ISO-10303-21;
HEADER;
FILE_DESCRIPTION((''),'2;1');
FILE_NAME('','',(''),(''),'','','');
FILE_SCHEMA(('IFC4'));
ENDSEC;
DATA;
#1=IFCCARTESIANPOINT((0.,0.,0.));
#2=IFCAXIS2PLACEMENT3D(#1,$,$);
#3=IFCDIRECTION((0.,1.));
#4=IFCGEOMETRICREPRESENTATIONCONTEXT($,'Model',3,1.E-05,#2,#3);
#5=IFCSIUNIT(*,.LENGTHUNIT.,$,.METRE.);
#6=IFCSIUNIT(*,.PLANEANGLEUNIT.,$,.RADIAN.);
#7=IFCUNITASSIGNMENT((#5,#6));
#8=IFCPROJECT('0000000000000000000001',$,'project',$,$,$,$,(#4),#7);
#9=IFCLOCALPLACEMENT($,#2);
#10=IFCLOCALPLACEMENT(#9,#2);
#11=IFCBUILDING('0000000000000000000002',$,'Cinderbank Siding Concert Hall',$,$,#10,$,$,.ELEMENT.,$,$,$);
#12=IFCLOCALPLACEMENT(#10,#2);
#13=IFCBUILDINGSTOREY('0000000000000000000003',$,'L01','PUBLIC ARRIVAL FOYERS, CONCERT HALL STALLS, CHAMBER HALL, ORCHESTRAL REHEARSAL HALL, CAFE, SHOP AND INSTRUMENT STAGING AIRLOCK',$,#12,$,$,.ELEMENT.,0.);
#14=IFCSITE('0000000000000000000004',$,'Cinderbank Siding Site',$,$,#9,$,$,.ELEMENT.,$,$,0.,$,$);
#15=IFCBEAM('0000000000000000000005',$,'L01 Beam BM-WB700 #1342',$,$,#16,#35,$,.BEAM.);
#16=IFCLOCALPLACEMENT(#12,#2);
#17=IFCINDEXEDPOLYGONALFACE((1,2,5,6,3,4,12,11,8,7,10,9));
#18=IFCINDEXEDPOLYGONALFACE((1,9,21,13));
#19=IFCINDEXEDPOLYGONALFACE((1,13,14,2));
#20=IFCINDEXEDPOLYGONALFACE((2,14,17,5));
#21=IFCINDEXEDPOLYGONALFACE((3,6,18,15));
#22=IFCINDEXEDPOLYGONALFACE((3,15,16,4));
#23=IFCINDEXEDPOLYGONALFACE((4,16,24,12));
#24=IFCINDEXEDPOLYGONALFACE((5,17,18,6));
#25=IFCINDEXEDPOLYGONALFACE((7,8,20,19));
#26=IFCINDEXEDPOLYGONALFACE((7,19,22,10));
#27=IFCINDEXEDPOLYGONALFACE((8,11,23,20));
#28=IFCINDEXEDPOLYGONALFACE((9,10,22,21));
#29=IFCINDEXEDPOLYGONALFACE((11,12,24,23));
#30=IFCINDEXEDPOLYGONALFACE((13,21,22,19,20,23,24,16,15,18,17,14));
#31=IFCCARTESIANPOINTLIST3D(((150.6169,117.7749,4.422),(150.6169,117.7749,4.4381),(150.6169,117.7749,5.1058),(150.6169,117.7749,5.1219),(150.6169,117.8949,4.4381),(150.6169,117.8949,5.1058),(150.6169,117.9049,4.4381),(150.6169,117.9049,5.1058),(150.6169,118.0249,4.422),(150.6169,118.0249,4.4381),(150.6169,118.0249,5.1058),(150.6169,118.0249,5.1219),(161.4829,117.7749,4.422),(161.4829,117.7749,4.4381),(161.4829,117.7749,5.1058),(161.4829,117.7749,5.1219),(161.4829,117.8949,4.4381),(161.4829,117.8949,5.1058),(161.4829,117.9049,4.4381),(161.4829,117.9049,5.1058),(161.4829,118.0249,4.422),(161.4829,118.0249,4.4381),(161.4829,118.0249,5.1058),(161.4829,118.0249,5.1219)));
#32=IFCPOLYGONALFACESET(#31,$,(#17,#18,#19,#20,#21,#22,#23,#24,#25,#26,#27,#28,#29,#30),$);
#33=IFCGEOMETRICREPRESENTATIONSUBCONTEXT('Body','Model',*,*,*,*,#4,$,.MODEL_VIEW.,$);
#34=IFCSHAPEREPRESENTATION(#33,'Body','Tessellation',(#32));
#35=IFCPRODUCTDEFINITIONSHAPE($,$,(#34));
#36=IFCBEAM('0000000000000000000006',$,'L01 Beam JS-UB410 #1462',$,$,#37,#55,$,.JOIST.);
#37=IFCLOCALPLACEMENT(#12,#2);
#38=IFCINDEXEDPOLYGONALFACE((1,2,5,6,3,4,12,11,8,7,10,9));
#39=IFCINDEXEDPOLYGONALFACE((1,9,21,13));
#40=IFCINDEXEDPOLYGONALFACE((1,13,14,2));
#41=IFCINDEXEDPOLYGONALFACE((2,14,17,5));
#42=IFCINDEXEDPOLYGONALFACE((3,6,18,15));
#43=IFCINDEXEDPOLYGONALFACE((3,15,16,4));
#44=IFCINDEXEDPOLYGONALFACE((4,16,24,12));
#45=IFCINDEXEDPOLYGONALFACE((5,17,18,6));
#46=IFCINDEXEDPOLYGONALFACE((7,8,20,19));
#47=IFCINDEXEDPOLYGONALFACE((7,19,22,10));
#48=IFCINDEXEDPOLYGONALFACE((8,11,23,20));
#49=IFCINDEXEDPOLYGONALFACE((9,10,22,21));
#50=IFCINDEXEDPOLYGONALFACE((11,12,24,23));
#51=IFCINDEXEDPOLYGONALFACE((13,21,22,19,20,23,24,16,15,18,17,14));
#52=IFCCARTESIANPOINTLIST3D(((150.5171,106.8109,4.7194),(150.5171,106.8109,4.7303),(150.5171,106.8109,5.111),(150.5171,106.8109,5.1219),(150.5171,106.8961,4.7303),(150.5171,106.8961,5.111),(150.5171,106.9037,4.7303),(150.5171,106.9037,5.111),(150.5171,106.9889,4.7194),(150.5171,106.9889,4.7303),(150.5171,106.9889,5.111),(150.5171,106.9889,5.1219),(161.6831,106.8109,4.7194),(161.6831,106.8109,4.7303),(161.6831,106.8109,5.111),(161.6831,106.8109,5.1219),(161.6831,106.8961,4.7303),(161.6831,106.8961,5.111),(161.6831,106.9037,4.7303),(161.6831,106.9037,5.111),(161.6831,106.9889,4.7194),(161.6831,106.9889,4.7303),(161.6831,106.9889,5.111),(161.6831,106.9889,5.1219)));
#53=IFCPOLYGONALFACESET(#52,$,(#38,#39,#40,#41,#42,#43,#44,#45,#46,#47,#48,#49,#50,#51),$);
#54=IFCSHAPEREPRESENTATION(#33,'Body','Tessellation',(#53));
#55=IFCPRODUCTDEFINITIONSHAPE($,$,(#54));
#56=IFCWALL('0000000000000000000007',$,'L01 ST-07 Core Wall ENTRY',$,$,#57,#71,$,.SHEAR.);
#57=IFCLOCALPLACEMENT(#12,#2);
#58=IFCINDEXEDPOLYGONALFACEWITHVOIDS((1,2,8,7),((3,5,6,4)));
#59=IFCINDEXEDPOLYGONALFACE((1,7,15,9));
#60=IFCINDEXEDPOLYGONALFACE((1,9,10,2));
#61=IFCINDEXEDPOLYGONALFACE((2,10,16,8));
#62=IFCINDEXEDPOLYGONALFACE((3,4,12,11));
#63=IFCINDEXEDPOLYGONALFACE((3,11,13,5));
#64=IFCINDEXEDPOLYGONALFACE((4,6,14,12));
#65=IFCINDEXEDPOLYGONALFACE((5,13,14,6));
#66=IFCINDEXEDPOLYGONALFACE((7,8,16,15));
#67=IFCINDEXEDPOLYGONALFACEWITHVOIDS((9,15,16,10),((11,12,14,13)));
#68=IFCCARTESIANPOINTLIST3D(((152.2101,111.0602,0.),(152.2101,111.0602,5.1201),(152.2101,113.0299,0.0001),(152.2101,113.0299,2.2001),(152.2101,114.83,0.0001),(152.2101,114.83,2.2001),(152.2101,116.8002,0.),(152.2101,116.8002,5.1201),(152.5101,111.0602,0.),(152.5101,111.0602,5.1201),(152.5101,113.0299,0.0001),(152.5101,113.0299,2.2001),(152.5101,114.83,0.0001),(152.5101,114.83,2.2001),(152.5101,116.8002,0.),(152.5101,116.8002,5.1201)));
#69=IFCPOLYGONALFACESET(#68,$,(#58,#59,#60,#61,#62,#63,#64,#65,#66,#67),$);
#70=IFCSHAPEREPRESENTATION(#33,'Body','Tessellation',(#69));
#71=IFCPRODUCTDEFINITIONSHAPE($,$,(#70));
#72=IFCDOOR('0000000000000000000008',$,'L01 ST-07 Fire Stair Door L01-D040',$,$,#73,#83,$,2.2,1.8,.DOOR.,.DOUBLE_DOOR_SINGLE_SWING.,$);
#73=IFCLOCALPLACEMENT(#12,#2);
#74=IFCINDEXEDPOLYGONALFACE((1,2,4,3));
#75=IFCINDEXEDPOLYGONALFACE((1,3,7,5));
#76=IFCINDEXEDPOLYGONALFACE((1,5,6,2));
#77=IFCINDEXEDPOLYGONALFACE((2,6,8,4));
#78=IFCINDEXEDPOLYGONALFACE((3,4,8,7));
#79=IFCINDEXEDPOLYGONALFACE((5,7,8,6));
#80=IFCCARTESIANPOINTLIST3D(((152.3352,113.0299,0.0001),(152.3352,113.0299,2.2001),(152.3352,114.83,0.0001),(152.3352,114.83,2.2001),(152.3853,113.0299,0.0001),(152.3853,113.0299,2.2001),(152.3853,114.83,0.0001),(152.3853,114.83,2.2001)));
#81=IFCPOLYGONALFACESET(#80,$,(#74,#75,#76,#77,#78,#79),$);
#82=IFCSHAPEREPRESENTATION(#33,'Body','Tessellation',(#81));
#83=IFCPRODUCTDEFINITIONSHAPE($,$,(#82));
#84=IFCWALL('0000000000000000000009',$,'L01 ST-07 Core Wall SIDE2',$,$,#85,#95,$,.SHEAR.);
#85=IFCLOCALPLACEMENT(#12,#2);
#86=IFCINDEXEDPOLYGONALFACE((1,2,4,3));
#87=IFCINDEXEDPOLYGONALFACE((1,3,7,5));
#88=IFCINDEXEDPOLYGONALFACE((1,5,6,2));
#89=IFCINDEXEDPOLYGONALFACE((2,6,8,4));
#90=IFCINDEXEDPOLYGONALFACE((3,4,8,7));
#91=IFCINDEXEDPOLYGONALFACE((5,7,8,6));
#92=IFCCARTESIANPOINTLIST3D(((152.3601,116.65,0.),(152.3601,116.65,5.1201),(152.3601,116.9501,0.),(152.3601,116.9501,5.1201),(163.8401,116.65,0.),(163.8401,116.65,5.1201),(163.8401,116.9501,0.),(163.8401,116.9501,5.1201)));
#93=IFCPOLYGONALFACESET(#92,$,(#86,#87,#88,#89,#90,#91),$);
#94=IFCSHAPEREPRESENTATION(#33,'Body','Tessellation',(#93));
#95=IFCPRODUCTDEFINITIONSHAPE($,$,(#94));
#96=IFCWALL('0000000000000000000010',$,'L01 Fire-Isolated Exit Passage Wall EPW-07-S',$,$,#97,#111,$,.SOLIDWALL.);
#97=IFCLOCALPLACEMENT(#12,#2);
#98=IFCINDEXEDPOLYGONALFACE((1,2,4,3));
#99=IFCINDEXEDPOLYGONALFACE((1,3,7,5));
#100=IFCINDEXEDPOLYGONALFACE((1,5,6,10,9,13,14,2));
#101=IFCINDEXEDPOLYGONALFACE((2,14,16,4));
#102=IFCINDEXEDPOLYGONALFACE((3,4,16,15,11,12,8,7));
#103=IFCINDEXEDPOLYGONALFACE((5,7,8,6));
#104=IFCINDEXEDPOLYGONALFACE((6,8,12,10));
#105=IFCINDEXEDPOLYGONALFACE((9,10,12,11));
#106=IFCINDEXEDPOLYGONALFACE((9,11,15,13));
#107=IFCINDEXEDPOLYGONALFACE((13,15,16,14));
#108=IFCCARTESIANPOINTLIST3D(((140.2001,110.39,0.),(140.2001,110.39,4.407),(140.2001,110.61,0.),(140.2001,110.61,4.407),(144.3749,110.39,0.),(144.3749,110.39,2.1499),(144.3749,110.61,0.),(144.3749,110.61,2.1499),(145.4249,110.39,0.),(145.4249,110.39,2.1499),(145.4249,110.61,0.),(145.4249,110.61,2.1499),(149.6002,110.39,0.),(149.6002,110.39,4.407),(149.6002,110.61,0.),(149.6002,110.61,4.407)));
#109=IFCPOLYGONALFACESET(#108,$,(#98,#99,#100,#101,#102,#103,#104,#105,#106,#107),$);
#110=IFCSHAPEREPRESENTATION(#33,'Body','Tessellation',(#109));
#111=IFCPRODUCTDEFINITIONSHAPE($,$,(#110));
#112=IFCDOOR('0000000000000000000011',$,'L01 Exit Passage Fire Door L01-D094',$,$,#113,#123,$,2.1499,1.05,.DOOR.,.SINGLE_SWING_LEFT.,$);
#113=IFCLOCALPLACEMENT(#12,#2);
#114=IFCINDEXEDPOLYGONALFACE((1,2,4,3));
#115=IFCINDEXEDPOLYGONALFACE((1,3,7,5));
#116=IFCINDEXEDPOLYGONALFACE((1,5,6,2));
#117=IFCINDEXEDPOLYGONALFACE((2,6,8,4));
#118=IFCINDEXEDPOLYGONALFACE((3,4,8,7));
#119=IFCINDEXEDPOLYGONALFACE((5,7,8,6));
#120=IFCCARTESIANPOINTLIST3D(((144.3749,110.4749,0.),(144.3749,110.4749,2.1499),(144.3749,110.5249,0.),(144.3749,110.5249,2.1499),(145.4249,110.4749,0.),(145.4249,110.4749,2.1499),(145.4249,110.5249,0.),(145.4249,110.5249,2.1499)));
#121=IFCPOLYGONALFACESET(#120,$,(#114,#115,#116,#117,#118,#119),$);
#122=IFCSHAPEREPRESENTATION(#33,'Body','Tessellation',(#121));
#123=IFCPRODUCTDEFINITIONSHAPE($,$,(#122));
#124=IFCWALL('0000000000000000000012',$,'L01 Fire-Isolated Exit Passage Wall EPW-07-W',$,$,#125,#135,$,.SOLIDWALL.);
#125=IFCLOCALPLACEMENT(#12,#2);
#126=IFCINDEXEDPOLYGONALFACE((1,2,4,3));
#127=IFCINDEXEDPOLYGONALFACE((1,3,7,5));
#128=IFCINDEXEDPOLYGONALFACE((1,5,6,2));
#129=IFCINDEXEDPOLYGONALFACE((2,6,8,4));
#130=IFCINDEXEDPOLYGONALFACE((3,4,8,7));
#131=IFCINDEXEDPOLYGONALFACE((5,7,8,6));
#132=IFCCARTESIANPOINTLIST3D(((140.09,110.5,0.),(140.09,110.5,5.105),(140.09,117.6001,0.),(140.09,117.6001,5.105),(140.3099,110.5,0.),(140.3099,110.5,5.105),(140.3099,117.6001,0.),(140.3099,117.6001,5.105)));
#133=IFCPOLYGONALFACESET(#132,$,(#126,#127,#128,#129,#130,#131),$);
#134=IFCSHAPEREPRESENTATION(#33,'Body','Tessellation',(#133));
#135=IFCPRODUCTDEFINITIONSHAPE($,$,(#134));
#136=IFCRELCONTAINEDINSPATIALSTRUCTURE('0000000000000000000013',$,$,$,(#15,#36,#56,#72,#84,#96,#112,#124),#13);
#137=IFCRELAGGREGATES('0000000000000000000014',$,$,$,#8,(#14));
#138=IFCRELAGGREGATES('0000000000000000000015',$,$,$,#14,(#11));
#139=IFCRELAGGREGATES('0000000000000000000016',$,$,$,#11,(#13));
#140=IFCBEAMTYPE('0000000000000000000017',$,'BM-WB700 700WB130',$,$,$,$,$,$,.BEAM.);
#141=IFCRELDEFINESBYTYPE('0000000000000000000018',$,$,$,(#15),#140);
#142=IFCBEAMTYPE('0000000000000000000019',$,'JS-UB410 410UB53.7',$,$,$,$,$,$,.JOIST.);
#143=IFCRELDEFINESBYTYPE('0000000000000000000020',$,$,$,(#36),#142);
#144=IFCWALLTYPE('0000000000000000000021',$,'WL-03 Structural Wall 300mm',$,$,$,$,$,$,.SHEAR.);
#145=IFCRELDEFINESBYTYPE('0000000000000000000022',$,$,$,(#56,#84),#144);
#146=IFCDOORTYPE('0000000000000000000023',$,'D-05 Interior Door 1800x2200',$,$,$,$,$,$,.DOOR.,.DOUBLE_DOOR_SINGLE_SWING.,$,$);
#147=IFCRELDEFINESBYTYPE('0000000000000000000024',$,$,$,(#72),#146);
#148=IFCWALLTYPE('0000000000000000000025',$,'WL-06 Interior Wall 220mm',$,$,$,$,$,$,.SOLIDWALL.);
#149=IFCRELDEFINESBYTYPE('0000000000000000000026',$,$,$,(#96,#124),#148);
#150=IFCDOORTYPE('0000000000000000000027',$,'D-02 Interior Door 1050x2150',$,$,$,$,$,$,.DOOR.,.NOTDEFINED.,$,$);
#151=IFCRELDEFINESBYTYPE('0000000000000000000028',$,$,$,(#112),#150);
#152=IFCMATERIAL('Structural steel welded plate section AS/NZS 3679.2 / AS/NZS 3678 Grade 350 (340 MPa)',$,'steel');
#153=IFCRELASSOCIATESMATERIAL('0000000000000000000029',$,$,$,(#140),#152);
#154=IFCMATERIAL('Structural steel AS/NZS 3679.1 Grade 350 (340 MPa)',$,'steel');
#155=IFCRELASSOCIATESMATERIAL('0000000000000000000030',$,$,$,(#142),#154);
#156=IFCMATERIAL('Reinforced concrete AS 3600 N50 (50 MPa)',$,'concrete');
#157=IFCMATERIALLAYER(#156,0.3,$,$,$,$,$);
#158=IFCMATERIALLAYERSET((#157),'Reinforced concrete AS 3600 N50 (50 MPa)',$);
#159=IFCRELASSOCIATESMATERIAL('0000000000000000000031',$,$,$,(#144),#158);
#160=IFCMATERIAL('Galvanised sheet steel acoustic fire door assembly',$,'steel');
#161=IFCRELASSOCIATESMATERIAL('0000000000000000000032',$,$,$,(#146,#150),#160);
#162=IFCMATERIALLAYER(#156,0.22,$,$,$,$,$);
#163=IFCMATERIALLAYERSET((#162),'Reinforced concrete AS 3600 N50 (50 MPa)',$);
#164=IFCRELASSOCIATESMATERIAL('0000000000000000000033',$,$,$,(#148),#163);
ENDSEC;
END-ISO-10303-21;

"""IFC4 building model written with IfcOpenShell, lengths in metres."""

from ifc_helpers import new_model, si_unit, direction, frame, frame_2d, origin, origin_2d, place, context, subcontext, project, spatial, rectangle, i_section, extrude, material, layer, layer_set, material_profile, profile_set, type_object, element, fill, save


model = new_model("IFC4")

# Units and contexts
model_context = context("Model", 3, precision=1e-05, world=origin(), true_north=direction((0.0, 1.0)))
body_context = subcontext(model_context, "Body", "Model", "MODEL_VIEW")
ifc_project = project(units=[si_unit("LENGTHUNIT", "METRE"), si_unit("PLANEANGLEUNIT", "RADIAN")], contexts=[model_context])

# Site, building, storey
site_placement = place(None, origin())
site = spatial("IfcSite", under=ifc_project, at=site_placement, Name="Cinderbank Siding Site", CompositionType="ELEMENT", RefElevation=0.0)
building_placement = place(site_placement, origin())
building = spatial("IfcBuilding", under=site, at=building_placement, Name="Cinderbank Siding Concert Hall", CompositionType="ELEMENT")
storey_placement = place(building_placement, origin())
storey = spatial("IfcBuildingStorey", under=building, at=storey_placement, Name="L01", Description="PUBLIC ARRIVAL FOYERS, CONCERT HALL STALLS, CHAMBER HALL, ORCHESTRAL REHEARSAL HALL, CAFE, SHOP AND INSTRUMENT STAGING AIRLOCK", CompositionType="ELEMENT", Elevation=0.0)

# Shared definitions
ifc_material_1 = material(Name="Reinforced concrete AS 3600 N50 (50 MPa)", Category="concrete")

# Beams
ifc_material_2 = material(Name="Structural steel AS/NZS 3679.1 Grade 350 (340 MPa)", Category="steel")
ifc_material_3 = material(Name="Structural steel welded plate section AS/NZS 3679.2 / AS/NZS 3678 Grade 350 (340 MPa)", Category="steel")
ifc_material_profile_1 = material_profile(ifc_material_3, i_section(OverallWidth=0.25, OverallDepth=0.7, WebThickness=0.01, FlangeThickness=0.0161, at=origin_2d()), Name="700WB130", Category="LoadBearing")
ifc_profile_set_1 = profile_set([ifc_material_profile_1], Name="Structural steel welded plate section AS/NZS 3679.2 / AS/NZS 3678 Grade 350 (340 MPa)")
beam_type_1 = type_object("IfcBeamType", Name="BM-WB700 700WB130", PredefinedType="BEAM", material=ifc_profile_set_1)
beam_1_placement = place(storey_placement, frame((150.6169, 117.8999, 4.772), z_axis=(1.0, 0.0, 0.0), x_axis=(0.0, 1.0, 0.0)))
element("IfcBeam", 1, at=beam_1_placement, inside=storey, type_object=beam_type_1, Name="L01 Beam BM-WB700 #1342", PredefinedType="BEAM", context=body_context, shape_type="SweptSolid", body=[
    extrude(i_section(OverallWidth=0.25, OverallDepth=0.7, WebThickness=0.01, FlangeThickness=0.0161, at=origin_2d()), origin(), (0.0, 0.0, 1.0), 10.866),
])
ifc_material_profile_2 = material_profile(ifc_material_2, i_section(OverallWidth=0.178, OverallDepth=0.4026, WebThickness=0.0076, FlangeThickness=0.011, at=origin_2d()), Name="410UB53.7", Category="LoadBearing")
ifc_profile_set_2 = profile_set([ifc_material_profile_2], Name="Structural steel AS/NZS 3679.1 Grade 350 (340 MPa)")
beam_type_2 = type_object("IfcBeamType", Name="JS-UB410 410UB53.7", PredefinedType="JOIST", material=ifc_profile_set_2)
beam_2_placement = place(storey_placement, frame((150.5171, 106.8999, 4.9207), z_axis=(1.0, 0.0, 0.0), x_axis=(0.0, 1.0, 0.0)))
element("IfcBeam", 2, at=beam_2_placement, inside=storey, type_object=beam_type_2, Name="L01 Beam JS-UB410 #1462", PredefinedType="JOIST", context=body_context, shape_type="SweptSolid", body=[
    extrude(i_section(OverallWidth=0.178, OverallDepth=0.4026, WebThickness=0.0076, FlangeThickness=0.011, at=origin_2d()), origin(), (0.0, 0.0, 1.0), 11.166),
])

# Wall, opening, door
ifc_layer_1 = layer(ifc_material_1, 0.3)
ifc_layer_set_1 = layer_set([ifc_layer_1], Name="Reinforced concrete AS 3600 N50 (50 MPa)")
wall_type_1 = type_object("IfcWallType", Name="WL-03 Structural Wall 300mm", PredefinedType="SHEAR", material=ifc_layer_set_1)
wall_1_placement = place(storey_placement, frame((152.3601, 111.0601, 0.0), z_axis=(0.0, 0.0, 1.0), x_axis=(0.0, 1.0, 0.0)))
wall_1 = element("IfcWall", 3, at=wall_1_placement, inside=storey, type_object=wall_type_1, Name="L01 ST-07 Core Wall ENTRY", PredefinedType="SHEAR", context=body_context, shape_type="SweptSolid", body=[
    extrude(rectangle(XDim=5.74, YDim=0.3, at=frame_2d((2.8701, 0.0))), origin(), (0.0, 0.0, 1.0), 5.1201),
])
opening_1_placement = place(wall_1_placement, frame((1.97, 0.0, 0.0)))
opening_1 = element("IfcOpeningElement", 4, at=opening_1_placement, cuts=wall_1, PredefinedType="OPENING", context=body_context, shape_type="SweptSolid", body=[
    extrude(rectangle(XDim=1.8, YDim=2.2, at=frame_2d((0.8999, 1.1001))), frame((0.0, 0.1621, 0.0), z_axis=(0.0, -1.0, 0.0), x_axis=(1.0, 0.0, 0.0)), (0.0, 0.0, 1.0), 0.324),
])
ifc_material_4 = material(Name="Galvanised sheet steel acoustic fire door assembly", Category="steel")
door_type_1 = type_object("IfcDoorType", Name="D-05 Interior Door 1800x2200", OperationType="DOUBLE_DOOR_SINGLE_SWING", PredefinedType="DOOR", material=ifc_material_4)
door_1_placement = place(opening_1_placement, origin())
door_1 = element("IfcDoor", 5, at=door_1_placement, inside=storey, type_object=door_type_1, Name="L01 ST-07 Fire Stair Door L01-D040", OperationType="DOUBLE_DOOR_SINGLE_SWING", OverallHeight=2.2, OverallWidth=1.8, PredefinedType="DOOR", context=body_context, shape_type="SweptSolid", body=[
    extrude(rectangle(XDim=1.8, YDim=2.2, at=frame_2d((0.8999, 1.1001))), frame((0.0, 0.0249, 0.0), z_axis=(0.0, -1.0, 0.0), x_axis=(1.0, 0.0, 0.0)), (0.0, 0.0, 1.0), 0.05),
])
fill(opening_1, door_1)

# Wall
wall_2_placement = place(storey_placement, frame((152.3601, 116.8, 0.0), z_axis=(0.0, 0.0, 1.0), x_axis=(1.0, 0.0, 0.0)))
element("IfcWall", 6, at=wall_2_placement, inside=storey, type_object=wall_type_1, Name="L01 ST-07 Core Wall SIDE2", PredefinedType="SHEAR", context=body_context, shape_type="SweptSolid", body=[
    extrude(rectangle(XDim=11.48, YDim=0.3, at=frame_2d((5.74, 0.0))), origin(), (0.0, 0.0, 1.0), 5.1201),
])

# Wall, opening, door
ifc_layer_2 = layer(ifc_material_1, 0.22)
ifc_layer_set_2 = layer_set([ifc_layer_2], Name="Reinforced concrete AS 3600 N50 (50 MPa)")
wall_type_2 = type_object("IfcWallType", Name="WL-06 Interior Wall 220mm", PredefinedType="SOLIDWALL", material=ifc_layer_set_2)
wall_3_placement = place(storey_placement, frame((140.2, 110.5, 0.0), z_axis=(0.0, 0.0, 1.0), x_axis=(1.0, 0.0, 0.0)))
wall_3 = element("IfcWall", 7, at=wall_3_placement, inside=storey, type_object=wall_type_2, Name="L01 Fire-Isolated Exit Passage Wall EPW-07-S", PredefinedType="SOLIDWALL", context=body_context, shape_type="SweptSolid", body=[
    extrude(rectangle(XDim=9.4001, YDim=0.22, at=frame_2d((4.7002, 0.0))), origin(), (0.0, 0.0, 1.0), 4.407),
])
opening_2_placement = place(wall_3_placement, frame((4.175, 0.0, 0.0)))
opening_2 = element("IfcOpeningElement", 8, at=opening_2_placement, cuts=wall_3, PredefinedType="OPENING", context=body_context, shape_type="SweptSolid", body=[
    extrude(rectangle(XDim=1.05, YDim=2.1499, at=frame_2d((0.5249, 1.075))), frame((0.0, 0.1221, 0.0), z_axis=(0.0, -1.0, 0.0), x_axis=(1.0, 0.0, 0.0)), (0.0, 0.0, 1.0), 0.2439),
])
door_type_2 = type_object("IfcDoorType", Name="D-02 Interior Door 1050x2150", OperationType="NOTDEFINED", PredefinedType="DOOR", material=ifc_material_4)
door_2_placement = place(opening_2_placement, origin())
door_2 = element("IfcDoor", 9, at=door_2_placement, inside=storey, type_object=door_type_2, Name="L01 Exit Passage Fire Door L01-D094", OperationType="SINGLE_SWING_LEFT", OverallHeight=2.1499, OverallWidth=1.05, PredefinedType="DOOR", context=body_context, shape_type="SweptSolid", body=[
    extrude(rectangle(XDim=1.05, YDim=2.1499, at=frame_2d((0.5249, 1.075))), frame((0.0, 0.0249, 0.0), z_axis=(0.0, -1.0, 0.0), x_axis=(1.0, 0.0, 0.0)), (0.0, 0.0, 1.0), 0.05),
])
fill(opening_2, door_2)

# Wall
wall_4_placement = place(storey_placement, frame((140.2, 117.6001, 0.0), z_axis=(0.0, 0.0, 1.0), x_axis=(0.0, -1.0, 0.0)))
element("IfcWall", 10, at=wall_4_placement, inside=storey, type_object=wall_type_2, Name="L01 Fire-Isolated Exit Passage Wall EPW-07-W", PredefinedType="SOLIDWALL", context=body_context, shape_type="SweptSolid", body=[
    extrude(rectangle(XDim=7.1001, YDim=0.22, at=frame_2d((3.55, 0.0))), origin(), (0.0, 0.0, 1.0), 5.105),
])

save(model, "model.ifc")
